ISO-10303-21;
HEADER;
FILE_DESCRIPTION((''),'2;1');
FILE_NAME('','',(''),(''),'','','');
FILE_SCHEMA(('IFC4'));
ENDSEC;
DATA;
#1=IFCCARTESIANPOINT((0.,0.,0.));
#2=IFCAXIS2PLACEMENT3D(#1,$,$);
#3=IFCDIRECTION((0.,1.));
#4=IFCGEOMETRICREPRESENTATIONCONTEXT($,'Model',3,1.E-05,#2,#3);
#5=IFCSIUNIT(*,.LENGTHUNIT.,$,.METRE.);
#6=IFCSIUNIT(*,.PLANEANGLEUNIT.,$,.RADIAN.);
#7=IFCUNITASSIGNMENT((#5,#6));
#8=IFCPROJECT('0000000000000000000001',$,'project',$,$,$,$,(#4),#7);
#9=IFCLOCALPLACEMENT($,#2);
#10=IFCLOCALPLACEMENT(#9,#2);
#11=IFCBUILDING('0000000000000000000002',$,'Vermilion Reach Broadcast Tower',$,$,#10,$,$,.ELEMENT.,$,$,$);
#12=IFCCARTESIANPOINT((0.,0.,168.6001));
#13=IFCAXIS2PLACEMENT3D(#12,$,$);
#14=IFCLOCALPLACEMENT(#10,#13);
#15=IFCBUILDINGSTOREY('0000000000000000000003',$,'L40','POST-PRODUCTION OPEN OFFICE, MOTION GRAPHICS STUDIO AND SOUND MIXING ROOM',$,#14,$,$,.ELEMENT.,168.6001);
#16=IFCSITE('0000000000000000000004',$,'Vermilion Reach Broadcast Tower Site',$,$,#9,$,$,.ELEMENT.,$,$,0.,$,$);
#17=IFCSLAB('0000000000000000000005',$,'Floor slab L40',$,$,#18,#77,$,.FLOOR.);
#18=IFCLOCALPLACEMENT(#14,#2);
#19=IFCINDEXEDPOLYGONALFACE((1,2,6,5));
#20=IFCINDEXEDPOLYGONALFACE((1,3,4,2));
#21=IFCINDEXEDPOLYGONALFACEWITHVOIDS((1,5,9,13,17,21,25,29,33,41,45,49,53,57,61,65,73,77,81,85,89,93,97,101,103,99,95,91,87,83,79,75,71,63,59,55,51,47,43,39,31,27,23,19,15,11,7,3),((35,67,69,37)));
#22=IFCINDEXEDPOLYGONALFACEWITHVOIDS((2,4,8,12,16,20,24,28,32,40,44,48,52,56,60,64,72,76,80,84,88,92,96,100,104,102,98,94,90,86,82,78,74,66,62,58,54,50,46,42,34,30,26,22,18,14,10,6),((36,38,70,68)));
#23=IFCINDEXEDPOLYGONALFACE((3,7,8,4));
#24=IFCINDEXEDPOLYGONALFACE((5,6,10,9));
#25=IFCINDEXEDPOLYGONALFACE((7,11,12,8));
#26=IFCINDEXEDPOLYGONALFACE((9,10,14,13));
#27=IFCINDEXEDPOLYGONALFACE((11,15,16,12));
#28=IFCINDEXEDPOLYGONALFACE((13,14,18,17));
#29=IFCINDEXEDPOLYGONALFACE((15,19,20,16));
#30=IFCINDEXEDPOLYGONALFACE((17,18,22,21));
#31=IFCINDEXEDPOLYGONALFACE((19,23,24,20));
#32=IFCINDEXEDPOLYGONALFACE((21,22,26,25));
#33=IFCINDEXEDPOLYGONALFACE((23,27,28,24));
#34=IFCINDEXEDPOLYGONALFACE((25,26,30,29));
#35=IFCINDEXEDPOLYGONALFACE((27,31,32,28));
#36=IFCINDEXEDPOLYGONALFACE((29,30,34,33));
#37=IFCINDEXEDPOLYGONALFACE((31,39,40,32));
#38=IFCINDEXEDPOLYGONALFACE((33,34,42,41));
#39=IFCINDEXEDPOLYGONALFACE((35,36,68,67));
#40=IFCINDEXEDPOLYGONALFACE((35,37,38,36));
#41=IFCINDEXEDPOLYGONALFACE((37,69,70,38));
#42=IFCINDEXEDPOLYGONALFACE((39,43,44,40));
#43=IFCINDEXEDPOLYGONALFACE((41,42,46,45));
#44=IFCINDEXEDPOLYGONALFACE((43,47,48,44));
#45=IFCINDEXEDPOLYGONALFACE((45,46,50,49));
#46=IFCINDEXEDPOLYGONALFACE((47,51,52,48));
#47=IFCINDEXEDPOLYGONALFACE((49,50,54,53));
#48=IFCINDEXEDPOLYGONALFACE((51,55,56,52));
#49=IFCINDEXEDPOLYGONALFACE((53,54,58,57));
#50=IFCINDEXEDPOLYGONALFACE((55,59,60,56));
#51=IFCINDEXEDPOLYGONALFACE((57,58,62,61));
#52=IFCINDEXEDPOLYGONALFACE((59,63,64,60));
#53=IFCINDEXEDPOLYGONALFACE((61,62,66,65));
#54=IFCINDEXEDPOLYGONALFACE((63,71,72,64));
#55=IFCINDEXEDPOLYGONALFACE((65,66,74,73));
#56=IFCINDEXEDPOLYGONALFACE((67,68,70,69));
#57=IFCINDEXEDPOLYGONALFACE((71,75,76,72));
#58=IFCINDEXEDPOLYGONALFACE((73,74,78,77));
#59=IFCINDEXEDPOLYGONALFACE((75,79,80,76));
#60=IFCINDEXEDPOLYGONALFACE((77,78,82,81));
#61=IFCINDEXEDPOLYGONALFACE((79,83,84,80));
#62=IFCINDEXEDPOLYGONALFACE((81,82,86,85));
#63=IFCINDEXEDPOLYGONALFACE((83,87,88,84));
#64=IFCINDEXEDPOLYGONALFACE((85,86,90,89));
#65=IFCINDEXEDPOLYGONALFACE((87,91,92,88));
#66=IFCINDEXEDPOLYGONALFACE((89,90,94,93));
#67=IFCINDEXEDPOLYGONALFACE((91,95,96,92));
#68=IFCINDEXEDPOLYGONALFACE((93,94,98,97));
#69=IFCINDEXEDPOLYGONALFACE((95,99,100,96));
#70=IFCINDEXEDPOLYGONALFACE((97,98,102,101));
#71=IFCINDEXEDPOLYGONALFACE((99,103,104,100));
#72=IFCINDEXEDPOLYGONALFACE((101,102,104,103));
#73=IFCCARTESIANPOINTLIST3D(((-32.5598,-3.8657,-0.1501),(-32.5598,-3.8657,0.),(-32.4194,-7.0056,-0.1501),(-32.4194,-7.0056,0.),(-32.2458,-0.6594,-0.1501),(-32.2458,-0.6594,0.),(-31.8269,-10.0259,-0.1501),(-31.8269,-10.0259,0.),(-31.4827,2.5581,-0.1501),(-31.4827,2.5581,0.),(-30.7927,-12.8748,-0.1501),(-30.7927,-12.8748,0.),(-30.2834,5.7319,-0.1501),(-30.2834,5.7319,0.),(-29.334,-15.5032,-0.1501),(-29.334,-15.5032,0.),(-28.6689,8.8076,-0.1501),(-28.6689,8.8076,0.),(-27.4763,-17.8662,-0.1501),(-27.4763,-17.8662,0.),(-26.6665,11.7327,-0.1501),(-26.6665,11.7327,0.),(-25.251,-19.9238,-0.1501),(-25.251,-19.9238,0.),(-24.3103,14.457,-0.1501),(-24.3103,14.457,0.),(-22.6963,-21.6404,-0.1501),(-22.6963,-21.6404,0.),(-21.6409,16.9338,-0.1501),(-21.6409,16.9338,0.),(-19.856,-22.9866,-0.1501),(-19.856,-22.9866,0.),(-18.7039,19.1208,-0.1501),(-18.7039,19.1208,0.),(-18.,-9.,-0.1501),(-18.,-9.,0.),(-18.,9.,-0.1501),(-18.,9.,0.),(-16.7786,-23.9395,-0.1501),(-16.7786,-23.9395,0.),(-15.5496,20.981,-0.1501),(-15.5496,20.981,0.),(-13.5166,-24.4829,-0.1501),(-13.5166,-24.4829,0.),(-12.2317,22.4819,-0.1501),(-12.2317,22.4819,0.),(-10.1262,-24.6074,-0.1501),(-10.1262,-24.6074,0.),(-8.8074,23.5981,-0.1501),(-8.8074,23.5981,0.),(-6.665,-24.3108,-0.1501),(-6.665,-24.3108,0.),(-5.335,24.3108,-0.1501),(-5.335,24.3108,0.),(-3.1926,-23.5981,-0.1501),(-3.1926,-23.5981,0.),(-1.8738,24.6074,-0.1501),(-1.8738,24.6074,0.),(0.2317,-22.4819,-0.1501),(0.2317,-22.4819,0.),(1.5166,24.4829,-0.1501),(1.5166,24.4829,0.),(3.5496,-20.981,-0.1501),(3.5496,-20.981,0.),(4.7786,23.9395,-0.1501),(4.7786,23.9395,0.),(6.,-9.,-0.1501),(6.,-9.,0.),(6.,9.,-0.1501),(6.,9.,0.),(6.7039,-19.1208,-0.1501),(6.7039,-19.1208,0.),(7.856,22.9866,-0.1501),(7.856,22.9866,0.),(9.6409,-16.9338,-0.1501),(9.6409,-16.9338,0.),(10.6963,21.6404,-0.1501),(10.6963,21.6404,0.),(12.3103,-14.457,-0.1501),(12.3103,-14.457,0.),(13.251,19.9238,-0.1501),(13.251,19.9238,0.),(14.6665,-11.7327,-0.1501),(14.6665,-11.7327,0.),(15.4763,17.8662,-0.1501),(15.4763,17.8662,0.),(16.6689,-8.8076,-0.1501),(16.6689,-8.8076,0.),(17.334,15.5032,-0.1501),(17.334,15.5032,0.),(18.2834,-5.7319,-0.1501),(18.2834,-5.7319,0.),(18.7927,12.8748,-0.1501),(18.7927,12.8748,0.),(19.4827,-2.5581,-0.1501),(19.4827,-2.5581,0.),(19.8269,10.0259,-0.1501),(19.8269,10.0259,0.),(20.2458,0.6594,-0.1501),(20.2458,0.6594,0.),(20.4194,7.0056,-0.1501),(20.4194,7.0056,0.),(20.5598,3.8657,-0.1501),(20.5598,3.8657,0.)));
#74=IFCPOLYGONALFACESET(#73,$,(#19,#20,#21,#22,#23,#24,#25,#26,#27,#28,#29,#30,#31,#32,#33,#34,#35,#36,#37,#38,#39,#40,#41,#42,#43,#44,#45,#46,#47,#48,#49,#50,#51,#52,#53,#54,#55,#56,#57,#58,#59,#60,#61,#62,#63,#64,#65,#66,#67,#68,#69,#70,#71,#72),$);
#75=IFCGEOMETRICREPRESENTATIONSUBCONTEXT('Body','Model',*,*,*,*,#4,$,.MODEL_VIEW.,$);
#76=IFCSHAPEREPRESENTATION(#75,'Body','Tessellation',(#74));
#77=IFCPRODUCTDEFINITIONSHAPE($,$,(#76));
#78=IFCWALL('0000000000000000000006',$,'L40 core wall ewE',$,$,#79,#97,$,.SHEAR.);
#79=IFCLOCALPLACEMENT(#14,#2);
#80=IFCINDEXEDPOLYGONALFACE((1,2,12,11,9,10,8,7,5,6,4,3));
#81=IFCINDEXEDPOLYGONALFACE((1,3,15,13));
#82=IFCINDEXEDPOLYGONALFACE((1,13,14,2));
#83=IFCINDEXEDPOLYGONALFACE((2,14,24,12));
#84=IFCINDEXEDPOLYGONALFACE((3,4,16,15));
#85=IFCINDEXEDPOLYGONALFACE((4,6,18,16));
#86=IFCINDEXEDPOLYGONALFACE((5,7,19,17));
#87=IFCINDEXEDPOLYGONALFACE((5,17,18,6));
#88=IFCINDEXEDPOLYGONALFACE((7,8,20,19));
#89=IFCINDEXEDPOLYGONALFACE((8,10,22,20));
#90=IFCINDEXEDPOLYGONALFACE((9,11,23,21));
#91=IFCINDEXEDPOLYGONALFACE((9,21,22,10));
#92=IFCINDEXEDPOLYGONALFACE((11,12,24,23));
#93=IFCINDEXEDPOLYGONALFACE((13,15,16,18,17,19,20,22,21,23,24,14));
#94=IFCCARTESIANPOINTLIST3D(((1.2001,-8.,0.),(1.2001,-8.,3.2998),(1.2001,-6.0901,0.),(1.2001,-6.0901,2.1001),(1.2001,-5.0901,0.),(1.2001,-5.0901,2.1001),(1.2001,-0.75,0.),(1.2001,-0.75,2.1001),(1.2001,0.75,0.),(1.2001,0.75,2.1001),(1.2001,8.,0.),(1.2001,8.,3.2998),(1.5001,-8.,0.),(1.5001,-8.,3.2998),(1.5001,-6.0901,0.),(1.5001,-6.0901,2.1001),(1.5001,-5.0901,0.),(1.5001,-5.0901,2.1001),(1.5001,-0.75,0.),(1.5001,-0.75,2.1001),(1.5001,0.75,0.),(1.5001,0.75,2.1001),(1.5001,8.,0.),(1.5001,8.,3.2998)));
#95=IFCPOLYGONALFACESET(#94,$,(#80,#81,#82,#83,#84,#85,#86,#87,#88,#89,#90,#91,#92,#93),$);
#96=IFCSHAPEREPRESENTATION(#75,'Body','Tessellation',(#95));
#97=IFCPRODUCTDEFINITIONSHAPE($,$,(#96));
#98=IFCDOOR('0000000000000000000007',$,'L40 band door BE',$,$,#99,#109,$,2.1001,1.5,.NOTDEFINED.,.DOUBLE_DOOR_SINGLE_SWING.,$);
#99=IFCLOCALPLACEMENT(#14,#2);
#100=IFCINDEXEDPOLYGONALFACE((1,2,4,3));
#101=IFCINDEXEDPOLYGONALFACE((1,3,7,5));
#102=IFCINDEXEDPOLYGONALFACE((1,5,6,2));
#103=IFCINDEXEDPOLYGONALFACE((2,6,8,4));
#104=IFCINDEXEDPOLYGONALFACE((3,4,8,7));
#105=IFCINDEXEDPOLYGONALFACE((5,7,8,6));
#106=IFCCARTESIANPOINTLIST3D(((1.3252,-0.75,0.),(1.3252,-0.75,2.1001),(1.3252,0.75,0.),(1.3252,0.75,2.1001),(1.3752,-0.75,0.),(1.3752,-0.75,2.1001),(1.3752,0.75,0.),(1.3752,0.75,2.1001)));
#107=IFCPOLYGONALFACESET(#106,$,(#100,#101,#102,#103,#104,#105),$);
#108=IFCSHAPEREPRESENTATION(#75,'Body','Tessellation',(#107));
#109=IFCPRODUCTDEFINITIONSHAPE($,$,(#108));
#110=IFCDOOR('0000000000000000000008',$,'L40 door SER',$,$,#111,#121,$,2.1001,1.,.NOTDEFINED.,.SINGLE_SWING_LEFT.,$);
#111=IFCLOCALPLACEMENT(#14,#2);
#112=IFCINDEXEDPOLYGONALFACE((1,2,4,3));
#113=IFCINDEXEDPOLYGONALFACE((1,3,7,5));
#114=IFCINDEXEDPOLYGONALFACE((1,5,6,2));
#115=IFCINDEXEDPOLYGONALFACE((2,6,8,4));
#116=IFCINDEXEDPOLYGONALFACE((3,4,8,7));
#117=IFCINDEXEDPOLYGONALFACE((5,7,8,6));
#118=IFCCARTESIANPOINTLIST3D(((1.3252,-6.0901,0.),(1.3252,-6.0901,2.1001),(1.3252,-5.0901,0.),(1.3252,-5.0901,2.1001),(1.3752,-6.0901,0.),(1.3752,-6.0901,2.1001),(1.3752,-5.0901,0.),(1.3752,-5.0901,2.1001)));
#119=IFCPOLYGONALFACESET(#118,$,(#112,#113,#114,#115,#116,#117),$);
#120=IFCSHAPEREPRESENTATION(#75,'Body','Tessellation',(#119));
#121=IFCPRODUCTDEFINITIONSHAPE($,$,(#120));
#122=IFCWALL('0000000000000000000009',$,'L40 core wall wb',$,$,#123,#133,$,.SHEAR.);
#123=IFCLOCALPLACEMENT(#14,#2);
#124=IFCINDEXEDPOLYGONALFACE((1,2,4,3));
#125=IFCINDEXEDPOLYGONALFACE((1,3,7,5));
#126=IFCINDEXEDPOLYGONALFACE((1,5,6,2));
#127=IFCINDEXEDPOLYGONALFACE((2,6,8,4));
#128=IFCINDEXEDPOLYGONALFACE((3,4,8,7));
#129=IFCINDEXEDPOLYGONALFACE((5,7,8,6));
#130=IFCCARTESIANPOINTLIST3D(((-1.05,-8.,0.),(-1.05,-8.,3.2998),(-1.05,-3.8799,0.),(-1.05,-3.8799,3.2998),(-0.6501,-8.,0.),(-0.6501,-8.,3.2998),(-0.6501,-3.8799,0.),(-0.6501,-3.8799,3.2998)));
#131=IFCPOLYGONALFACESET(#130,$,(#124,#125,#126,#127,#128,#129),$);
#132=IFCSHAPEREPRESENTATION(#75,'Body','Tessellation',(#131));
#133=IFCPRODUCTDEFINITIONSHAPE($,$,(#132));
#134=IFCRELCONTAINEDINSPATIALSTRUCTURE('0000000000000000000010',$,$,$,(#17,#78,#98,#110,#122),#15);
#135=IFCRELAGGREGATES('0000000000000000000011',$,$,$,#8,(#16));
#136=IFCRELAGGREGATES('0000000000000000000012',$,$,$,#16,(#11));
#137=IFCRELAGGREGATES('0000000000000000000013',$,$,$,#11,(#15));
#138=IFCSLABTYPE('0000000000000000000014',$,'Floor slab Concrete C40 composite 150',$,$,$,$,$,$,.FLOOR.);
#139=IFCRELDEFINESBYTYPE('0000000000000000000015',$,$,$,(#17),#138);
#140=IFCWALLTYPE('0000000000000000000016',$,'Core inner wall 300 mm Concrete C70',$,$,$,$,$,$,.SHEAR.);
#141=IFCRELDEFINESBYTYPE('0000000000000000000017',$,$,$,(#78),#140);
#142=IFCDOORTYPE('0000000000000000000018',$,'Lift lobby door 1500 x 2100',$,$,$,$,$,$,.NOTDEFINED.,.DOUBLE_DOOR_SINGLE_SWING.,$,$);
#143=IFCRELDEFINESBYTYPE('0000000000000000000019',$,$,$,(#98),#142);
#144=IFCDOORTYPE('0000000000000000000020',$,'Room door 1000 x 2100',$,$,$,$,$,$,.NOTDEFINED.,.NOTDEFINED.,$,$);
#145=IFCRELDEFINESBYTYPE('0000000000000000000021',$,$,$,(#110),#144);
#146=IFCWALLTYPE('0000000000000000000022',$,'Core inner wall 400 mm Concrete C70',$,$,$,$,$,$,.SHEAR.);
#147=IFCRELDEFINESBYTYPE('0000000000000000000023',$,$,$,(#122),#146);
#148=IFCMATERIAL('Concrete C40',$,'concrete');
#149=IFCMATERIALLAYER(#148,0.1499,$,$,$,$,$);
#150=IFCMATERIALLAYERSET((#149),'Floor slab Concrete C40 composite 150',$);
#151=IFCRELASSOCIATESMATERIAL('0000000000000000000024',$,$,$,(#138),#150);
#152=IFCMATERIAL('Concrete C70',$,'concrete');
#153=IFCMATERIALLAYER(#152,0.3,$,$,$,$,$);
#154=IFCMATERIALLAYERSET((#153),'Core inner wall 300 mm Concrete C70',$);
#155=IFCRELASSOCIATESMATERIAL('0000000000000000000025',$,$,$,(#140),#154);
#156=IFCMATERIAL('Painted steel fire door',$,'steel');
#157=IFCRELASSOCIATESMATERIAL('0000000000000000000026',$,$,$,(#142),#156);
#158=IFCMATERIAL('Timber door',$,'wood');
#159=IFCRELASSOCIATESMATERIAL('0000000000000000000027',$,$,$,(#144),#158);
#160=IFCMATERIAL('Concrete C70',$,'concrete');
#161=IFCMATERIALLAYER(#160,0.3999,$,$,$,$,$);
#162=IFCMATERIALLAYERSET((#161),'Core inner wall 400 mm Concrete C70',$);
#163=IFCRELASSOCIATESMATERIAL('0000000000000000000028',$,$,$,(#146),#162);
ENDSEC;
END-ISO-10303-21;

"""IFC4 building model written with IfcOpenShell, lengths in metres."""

from ifc_helpers import new_model, si_unit, direction, frame, frame_2d, origin, place, context, subcontext, project, spatial, polyline, rectangle, outline, extrude, material, layer, layer_set, type_object, element, fill, save


model = new_model("IFC4")

# Units and contexts
model_context = context("Model", 3, precision=1e-05, world=origin(), true_north=direction((0.0, 1.0)))
body_context = subcontext(model_context, "Body", "Model", "MODEL_VIEW")
ifc_project = project(units=[si_unit("LENGTHUNIT", "METRE"), si_unit("PLANEANGLEUNIT", "RADIAN")], contexts=[model_context])

# Site, building, storey
site_placement = place(None, origin())
site = spatial("IfcSite", under=ifc_project, at=site_placement, Name="Vermilion Reach Broadcast Tower Site", CompositionType="ELEMENT", RefElevation=0.0)
building_placement = place(site_placement, origin())
building = spatial("IfcBuilding", under=site, at=building_placement, Name="Vermilion Reach Broadcast Tower", CompositionType="ELEMENT")
storey_placement = place(building_placement, frame((0.0, 0.0, 168.6001)))
storey = spatial("IfcBuildingStorey", under=building, at=storey_placement, Name="L40", Description="POST-PRODUCTION OPEN OFFICE, MOTION GRAPHICS STUDIO AND SOUND MIXING ROOM", CompositionType="ELEMENT", Elevation=168.6001)

# Slab
ifc_material_1 = material(Name="Concrete C40", Category="concrete")
ifc_layer_1 = layer(ifc_material_1, 0.1499)
ifc_layer_set_1 = layer_set([ifc_layer_1], Name="Floor slab Concrete C40 composite 150")
slab_type_1 = type_object("IfcSlabType", Name="Floor slab Concrete C40 composite 150", PredefinedType="FLOOR", material=ifc_layer_set_1)
slab_1_placement = place(storey_placement, frame((0.0, 0.0, -0.1501)))
element("IfcSlab", 1, at=slab_1_placement, inside=storey, type_object=slab_type_1, Name="Floor slab L40", PredefinedType="FLOOR", context=body_context, shape_type="SweptSolid", body=[
    extrude(outline(polyline([(17.334, 15.5032), (15.4763, 17.8662), (13.251, 19.9238), (10.6963, 21.6404), (7.856, 22.9866), (4.7786, 23.9395), (1.5166, 24.4829), (-1.8738, 24.6074), (-5.335, 24.3108), (-8.8074, 23.5981), (-12.2317, 22.4819), (-15.5496, 20.981), (-18.7039, 19.1208), (-21.6409, 16.9338), (-24.3103, 14.457), (-26.6665, 11.7327), (-28.6689, 8.8076), (-30.2834, 5.7319), (-31.4827, 2.5581), (-32.2458, -0.6594), (-32.5598, -3.8657), (-32.4194, -7.0056), (-31.8269, -10.0259), (-30.7927, -12.8748), (-29.334, -15.5032), (-27.4763, -17.8662), (-25.251, -19.9238), (-22.6963, -21.6404), (-19.856, -22.9866), (-16.7786, -23.9395), (-13.5166, -24.4829), (-10.1262, -24.6074), (-6.665, -24.3108), (-3.1926, -23.5981), (0.2317, -22.4819), (3.5496, -20.981), (6.7039, -19.1208), (9.6409, -16.9338), (12.3103, -14.457), (14.6665, -11.7327), (16.6689, -8.8076), (18.2834, -5.7319), (19.4827, -2.5581), (20.2458, 0.6594), (20.5598, 3.8657), (20.4194, 7.0056), (19.8269, 10.0259), (18.7927, 12.8748), (17.334, 15.5032)]), holes=[polyline([(-18.0, -9.0), (6.0, -9.0), (6.0, 9.0), (-18.0, 9.0), (-18.0, -9.0)])]), origin(), (0.0, 0.0, 1.0), 0.1501),
])

# Wall, openings, doors
ifc_material_2 = material(Name="Concrete C70", Category="concrete")
ifc_layer_2 = layer(ifc_material_2, 0.3)
ifc_layer_set_2 = layer_set([ifc_layer_2], Name="Core inner wall 300 mm Concrete C70")
wall_type_1 = type_object("IfcWallType", Name="Core inner wall 300 mm Concrete C70", PredefinedType="SHEAR", material=ifc_layer_set_2)
wall_1_placement = place(storey_placement, frame((1.3501, -8.0, 0.0), z_axis=(0.0, 0.0, 1.0), x_axis=(0.0, 1.0, 0.0)))
wall_1 = element("IfcWall", 2, at=wall_1_placement, inside=storey, type_object=wall_type_1, Name="L40 core wall ewE", PredefinedType="SHEAR", context=body_context, shape_type="SweptSolid", body=[
    extrude(rectangle(XDim=16.0, YDim=0.3, at=frame_2d((8.0, 0.0))), origin(), (0.0, 0.0, 1.0), 3.2998),
])
opening_1_placement = place(wall_1_placement, frame((1.9099, 0.0, 0.0)))
opening_1 = element("IfcOpeningElement", 3, at=opening_1_placement, cuts=wall_1, PredefinedType="OPENING", context=body_context, shape_type="SweptSolid", body=[
    extrude(rectangle(XDim=1.0, YDim=2.1001, at=frame_2d((0.5, 1.05))), frame((0.0, 0.1599, 0.0), z_axis=(0.0, -1.0, 0.0), x_axis=(1.0, 0.0, 0.0)), (0.0, 0.0, 1.0), 0.3201),
])
opening_2_placement = place(wall_1_placement, frame((7.25, 0.0, 0.0)))
opening_2 = element("IfcOpeningElement", 4, at=opening_2_placement, cuts=wall_1, PredefinedType="OPENING", context=body_context, shape_type="SweptSolid", body=[
    extrude(rectangle(XDim=1.5, YDim=2.1001, at=frame_2d((0.75, 1.05))), frame((0.0, 0.1599, 0.0), z_axis=(0.0, -1.0, 0.0), x_axis=(1.0, 0.0, 0.0)), (0.0, 0.0, 1.0), 0.3201),
])
ifc_material_3 = material(Name="Painted steel fire door", Category="steel")
door_type_1 = type_object("IfcDoorType", Name="Lift lobby door 1500 x 2100", OperationType="DOUBLE_DOOR_SINGLE_SWING", PredefinedType="NOTDEFINED", material=ifc_material_3)
door_1_placement = place(opening_2_placement, origin())
door_1 = element("IfcDoor", 5, at=door_1_placement, inside=storey, type_object=door_type_1, Name="L40 band door BE", OperationType="DOUBLE_DOOR_SINGLE_SWING", OverallHeight=2.1001, OverallWidth=1.5, PredefinedType="NOTDEFINED", context=body_context, shape_type="SweptSolid", body=[
    extrude(rectangle(XDim=1.5, YDim=2.1001, at=frame_2d((0.75, 1.05))), frame((0.0, 0.0249, 0.0), z_axis=(0.0, -1.0, 0.0), x_axis=(1.0, 0.0, 0.0)), (0.0, 0.0, 1.0), 0.05),
])
fill(opening_2, door_1)
ifc_material_4 = material(Name="Timber door", Category="wood")
door_type_2 = type_object("IfcDoorType", Name="Room door 1000 x 2100", OperationType="NOTDEFINED", PredefinedType="NOTDEFINED", material=ifc_material_4)
door_2_placement = place(opening_1_placement, origin())
door_2 = element("IfcDoor", 6, at=door_2_placement, inside=storey, type_object=door_type_2, Name="L40 door SER", OperationType="SINGLE_SWING_LEFT", OverallHeight=2.1001, OverallWidth=1.0, PredefinedType="NOTDEFINED", context=body_context, shape_type="SweptSolid", body=[
    extrude(rectangle(XDim=1.0, YDim=2.1001, at=frame_2d((0.5, 1.05))), frame((0.0, 0.0249, 0.0), z_axis=(0.0, -1.0, 0.0), x_axis=(1.0, 0.0, 0.0)), (0.0, 0.0, 1.0), 0.05),
])
fill(opening_1, door_2)

# Wall
ifc_material_5 = material(Name="Concrete C70", Category="concrete")
ifc_layer_3 = layer(ifc_material_5, 0.3999)
ifc_layer_set_3 = layer_set([ifc_layer_3], Name="Core inner wall 400 mm Concrete C70")
wall_type_2 = type_object("IfcWallType", Name="Core inner wall 400 mm Concrete C70", PredefinedType="SHEAR", material=ifc_layer_set_3)
wall_2_placement = place(storey_placement, frame((-0.8501, -3.8799, 0.0), z_axis=(0.0, 0.0, 1.0), x_axis=(0.0, -1.0, 0.0)))
element("IfcWall", 7, at=wall_2_placement, inside=storey, type_object=wall_type_2, Name="L40 core wall wb", PredefinedType="SHEAR", context=body_context, shape_type="SweptSolid", body=[
    extrude(rectangle(XDim=4.1201, YDim=0.3999, at=frame_2d((2.0601, 0.0))), origin(), (0.0, 0.0, 1.0), 3.2998),
])

save(model, "model.ifc")
